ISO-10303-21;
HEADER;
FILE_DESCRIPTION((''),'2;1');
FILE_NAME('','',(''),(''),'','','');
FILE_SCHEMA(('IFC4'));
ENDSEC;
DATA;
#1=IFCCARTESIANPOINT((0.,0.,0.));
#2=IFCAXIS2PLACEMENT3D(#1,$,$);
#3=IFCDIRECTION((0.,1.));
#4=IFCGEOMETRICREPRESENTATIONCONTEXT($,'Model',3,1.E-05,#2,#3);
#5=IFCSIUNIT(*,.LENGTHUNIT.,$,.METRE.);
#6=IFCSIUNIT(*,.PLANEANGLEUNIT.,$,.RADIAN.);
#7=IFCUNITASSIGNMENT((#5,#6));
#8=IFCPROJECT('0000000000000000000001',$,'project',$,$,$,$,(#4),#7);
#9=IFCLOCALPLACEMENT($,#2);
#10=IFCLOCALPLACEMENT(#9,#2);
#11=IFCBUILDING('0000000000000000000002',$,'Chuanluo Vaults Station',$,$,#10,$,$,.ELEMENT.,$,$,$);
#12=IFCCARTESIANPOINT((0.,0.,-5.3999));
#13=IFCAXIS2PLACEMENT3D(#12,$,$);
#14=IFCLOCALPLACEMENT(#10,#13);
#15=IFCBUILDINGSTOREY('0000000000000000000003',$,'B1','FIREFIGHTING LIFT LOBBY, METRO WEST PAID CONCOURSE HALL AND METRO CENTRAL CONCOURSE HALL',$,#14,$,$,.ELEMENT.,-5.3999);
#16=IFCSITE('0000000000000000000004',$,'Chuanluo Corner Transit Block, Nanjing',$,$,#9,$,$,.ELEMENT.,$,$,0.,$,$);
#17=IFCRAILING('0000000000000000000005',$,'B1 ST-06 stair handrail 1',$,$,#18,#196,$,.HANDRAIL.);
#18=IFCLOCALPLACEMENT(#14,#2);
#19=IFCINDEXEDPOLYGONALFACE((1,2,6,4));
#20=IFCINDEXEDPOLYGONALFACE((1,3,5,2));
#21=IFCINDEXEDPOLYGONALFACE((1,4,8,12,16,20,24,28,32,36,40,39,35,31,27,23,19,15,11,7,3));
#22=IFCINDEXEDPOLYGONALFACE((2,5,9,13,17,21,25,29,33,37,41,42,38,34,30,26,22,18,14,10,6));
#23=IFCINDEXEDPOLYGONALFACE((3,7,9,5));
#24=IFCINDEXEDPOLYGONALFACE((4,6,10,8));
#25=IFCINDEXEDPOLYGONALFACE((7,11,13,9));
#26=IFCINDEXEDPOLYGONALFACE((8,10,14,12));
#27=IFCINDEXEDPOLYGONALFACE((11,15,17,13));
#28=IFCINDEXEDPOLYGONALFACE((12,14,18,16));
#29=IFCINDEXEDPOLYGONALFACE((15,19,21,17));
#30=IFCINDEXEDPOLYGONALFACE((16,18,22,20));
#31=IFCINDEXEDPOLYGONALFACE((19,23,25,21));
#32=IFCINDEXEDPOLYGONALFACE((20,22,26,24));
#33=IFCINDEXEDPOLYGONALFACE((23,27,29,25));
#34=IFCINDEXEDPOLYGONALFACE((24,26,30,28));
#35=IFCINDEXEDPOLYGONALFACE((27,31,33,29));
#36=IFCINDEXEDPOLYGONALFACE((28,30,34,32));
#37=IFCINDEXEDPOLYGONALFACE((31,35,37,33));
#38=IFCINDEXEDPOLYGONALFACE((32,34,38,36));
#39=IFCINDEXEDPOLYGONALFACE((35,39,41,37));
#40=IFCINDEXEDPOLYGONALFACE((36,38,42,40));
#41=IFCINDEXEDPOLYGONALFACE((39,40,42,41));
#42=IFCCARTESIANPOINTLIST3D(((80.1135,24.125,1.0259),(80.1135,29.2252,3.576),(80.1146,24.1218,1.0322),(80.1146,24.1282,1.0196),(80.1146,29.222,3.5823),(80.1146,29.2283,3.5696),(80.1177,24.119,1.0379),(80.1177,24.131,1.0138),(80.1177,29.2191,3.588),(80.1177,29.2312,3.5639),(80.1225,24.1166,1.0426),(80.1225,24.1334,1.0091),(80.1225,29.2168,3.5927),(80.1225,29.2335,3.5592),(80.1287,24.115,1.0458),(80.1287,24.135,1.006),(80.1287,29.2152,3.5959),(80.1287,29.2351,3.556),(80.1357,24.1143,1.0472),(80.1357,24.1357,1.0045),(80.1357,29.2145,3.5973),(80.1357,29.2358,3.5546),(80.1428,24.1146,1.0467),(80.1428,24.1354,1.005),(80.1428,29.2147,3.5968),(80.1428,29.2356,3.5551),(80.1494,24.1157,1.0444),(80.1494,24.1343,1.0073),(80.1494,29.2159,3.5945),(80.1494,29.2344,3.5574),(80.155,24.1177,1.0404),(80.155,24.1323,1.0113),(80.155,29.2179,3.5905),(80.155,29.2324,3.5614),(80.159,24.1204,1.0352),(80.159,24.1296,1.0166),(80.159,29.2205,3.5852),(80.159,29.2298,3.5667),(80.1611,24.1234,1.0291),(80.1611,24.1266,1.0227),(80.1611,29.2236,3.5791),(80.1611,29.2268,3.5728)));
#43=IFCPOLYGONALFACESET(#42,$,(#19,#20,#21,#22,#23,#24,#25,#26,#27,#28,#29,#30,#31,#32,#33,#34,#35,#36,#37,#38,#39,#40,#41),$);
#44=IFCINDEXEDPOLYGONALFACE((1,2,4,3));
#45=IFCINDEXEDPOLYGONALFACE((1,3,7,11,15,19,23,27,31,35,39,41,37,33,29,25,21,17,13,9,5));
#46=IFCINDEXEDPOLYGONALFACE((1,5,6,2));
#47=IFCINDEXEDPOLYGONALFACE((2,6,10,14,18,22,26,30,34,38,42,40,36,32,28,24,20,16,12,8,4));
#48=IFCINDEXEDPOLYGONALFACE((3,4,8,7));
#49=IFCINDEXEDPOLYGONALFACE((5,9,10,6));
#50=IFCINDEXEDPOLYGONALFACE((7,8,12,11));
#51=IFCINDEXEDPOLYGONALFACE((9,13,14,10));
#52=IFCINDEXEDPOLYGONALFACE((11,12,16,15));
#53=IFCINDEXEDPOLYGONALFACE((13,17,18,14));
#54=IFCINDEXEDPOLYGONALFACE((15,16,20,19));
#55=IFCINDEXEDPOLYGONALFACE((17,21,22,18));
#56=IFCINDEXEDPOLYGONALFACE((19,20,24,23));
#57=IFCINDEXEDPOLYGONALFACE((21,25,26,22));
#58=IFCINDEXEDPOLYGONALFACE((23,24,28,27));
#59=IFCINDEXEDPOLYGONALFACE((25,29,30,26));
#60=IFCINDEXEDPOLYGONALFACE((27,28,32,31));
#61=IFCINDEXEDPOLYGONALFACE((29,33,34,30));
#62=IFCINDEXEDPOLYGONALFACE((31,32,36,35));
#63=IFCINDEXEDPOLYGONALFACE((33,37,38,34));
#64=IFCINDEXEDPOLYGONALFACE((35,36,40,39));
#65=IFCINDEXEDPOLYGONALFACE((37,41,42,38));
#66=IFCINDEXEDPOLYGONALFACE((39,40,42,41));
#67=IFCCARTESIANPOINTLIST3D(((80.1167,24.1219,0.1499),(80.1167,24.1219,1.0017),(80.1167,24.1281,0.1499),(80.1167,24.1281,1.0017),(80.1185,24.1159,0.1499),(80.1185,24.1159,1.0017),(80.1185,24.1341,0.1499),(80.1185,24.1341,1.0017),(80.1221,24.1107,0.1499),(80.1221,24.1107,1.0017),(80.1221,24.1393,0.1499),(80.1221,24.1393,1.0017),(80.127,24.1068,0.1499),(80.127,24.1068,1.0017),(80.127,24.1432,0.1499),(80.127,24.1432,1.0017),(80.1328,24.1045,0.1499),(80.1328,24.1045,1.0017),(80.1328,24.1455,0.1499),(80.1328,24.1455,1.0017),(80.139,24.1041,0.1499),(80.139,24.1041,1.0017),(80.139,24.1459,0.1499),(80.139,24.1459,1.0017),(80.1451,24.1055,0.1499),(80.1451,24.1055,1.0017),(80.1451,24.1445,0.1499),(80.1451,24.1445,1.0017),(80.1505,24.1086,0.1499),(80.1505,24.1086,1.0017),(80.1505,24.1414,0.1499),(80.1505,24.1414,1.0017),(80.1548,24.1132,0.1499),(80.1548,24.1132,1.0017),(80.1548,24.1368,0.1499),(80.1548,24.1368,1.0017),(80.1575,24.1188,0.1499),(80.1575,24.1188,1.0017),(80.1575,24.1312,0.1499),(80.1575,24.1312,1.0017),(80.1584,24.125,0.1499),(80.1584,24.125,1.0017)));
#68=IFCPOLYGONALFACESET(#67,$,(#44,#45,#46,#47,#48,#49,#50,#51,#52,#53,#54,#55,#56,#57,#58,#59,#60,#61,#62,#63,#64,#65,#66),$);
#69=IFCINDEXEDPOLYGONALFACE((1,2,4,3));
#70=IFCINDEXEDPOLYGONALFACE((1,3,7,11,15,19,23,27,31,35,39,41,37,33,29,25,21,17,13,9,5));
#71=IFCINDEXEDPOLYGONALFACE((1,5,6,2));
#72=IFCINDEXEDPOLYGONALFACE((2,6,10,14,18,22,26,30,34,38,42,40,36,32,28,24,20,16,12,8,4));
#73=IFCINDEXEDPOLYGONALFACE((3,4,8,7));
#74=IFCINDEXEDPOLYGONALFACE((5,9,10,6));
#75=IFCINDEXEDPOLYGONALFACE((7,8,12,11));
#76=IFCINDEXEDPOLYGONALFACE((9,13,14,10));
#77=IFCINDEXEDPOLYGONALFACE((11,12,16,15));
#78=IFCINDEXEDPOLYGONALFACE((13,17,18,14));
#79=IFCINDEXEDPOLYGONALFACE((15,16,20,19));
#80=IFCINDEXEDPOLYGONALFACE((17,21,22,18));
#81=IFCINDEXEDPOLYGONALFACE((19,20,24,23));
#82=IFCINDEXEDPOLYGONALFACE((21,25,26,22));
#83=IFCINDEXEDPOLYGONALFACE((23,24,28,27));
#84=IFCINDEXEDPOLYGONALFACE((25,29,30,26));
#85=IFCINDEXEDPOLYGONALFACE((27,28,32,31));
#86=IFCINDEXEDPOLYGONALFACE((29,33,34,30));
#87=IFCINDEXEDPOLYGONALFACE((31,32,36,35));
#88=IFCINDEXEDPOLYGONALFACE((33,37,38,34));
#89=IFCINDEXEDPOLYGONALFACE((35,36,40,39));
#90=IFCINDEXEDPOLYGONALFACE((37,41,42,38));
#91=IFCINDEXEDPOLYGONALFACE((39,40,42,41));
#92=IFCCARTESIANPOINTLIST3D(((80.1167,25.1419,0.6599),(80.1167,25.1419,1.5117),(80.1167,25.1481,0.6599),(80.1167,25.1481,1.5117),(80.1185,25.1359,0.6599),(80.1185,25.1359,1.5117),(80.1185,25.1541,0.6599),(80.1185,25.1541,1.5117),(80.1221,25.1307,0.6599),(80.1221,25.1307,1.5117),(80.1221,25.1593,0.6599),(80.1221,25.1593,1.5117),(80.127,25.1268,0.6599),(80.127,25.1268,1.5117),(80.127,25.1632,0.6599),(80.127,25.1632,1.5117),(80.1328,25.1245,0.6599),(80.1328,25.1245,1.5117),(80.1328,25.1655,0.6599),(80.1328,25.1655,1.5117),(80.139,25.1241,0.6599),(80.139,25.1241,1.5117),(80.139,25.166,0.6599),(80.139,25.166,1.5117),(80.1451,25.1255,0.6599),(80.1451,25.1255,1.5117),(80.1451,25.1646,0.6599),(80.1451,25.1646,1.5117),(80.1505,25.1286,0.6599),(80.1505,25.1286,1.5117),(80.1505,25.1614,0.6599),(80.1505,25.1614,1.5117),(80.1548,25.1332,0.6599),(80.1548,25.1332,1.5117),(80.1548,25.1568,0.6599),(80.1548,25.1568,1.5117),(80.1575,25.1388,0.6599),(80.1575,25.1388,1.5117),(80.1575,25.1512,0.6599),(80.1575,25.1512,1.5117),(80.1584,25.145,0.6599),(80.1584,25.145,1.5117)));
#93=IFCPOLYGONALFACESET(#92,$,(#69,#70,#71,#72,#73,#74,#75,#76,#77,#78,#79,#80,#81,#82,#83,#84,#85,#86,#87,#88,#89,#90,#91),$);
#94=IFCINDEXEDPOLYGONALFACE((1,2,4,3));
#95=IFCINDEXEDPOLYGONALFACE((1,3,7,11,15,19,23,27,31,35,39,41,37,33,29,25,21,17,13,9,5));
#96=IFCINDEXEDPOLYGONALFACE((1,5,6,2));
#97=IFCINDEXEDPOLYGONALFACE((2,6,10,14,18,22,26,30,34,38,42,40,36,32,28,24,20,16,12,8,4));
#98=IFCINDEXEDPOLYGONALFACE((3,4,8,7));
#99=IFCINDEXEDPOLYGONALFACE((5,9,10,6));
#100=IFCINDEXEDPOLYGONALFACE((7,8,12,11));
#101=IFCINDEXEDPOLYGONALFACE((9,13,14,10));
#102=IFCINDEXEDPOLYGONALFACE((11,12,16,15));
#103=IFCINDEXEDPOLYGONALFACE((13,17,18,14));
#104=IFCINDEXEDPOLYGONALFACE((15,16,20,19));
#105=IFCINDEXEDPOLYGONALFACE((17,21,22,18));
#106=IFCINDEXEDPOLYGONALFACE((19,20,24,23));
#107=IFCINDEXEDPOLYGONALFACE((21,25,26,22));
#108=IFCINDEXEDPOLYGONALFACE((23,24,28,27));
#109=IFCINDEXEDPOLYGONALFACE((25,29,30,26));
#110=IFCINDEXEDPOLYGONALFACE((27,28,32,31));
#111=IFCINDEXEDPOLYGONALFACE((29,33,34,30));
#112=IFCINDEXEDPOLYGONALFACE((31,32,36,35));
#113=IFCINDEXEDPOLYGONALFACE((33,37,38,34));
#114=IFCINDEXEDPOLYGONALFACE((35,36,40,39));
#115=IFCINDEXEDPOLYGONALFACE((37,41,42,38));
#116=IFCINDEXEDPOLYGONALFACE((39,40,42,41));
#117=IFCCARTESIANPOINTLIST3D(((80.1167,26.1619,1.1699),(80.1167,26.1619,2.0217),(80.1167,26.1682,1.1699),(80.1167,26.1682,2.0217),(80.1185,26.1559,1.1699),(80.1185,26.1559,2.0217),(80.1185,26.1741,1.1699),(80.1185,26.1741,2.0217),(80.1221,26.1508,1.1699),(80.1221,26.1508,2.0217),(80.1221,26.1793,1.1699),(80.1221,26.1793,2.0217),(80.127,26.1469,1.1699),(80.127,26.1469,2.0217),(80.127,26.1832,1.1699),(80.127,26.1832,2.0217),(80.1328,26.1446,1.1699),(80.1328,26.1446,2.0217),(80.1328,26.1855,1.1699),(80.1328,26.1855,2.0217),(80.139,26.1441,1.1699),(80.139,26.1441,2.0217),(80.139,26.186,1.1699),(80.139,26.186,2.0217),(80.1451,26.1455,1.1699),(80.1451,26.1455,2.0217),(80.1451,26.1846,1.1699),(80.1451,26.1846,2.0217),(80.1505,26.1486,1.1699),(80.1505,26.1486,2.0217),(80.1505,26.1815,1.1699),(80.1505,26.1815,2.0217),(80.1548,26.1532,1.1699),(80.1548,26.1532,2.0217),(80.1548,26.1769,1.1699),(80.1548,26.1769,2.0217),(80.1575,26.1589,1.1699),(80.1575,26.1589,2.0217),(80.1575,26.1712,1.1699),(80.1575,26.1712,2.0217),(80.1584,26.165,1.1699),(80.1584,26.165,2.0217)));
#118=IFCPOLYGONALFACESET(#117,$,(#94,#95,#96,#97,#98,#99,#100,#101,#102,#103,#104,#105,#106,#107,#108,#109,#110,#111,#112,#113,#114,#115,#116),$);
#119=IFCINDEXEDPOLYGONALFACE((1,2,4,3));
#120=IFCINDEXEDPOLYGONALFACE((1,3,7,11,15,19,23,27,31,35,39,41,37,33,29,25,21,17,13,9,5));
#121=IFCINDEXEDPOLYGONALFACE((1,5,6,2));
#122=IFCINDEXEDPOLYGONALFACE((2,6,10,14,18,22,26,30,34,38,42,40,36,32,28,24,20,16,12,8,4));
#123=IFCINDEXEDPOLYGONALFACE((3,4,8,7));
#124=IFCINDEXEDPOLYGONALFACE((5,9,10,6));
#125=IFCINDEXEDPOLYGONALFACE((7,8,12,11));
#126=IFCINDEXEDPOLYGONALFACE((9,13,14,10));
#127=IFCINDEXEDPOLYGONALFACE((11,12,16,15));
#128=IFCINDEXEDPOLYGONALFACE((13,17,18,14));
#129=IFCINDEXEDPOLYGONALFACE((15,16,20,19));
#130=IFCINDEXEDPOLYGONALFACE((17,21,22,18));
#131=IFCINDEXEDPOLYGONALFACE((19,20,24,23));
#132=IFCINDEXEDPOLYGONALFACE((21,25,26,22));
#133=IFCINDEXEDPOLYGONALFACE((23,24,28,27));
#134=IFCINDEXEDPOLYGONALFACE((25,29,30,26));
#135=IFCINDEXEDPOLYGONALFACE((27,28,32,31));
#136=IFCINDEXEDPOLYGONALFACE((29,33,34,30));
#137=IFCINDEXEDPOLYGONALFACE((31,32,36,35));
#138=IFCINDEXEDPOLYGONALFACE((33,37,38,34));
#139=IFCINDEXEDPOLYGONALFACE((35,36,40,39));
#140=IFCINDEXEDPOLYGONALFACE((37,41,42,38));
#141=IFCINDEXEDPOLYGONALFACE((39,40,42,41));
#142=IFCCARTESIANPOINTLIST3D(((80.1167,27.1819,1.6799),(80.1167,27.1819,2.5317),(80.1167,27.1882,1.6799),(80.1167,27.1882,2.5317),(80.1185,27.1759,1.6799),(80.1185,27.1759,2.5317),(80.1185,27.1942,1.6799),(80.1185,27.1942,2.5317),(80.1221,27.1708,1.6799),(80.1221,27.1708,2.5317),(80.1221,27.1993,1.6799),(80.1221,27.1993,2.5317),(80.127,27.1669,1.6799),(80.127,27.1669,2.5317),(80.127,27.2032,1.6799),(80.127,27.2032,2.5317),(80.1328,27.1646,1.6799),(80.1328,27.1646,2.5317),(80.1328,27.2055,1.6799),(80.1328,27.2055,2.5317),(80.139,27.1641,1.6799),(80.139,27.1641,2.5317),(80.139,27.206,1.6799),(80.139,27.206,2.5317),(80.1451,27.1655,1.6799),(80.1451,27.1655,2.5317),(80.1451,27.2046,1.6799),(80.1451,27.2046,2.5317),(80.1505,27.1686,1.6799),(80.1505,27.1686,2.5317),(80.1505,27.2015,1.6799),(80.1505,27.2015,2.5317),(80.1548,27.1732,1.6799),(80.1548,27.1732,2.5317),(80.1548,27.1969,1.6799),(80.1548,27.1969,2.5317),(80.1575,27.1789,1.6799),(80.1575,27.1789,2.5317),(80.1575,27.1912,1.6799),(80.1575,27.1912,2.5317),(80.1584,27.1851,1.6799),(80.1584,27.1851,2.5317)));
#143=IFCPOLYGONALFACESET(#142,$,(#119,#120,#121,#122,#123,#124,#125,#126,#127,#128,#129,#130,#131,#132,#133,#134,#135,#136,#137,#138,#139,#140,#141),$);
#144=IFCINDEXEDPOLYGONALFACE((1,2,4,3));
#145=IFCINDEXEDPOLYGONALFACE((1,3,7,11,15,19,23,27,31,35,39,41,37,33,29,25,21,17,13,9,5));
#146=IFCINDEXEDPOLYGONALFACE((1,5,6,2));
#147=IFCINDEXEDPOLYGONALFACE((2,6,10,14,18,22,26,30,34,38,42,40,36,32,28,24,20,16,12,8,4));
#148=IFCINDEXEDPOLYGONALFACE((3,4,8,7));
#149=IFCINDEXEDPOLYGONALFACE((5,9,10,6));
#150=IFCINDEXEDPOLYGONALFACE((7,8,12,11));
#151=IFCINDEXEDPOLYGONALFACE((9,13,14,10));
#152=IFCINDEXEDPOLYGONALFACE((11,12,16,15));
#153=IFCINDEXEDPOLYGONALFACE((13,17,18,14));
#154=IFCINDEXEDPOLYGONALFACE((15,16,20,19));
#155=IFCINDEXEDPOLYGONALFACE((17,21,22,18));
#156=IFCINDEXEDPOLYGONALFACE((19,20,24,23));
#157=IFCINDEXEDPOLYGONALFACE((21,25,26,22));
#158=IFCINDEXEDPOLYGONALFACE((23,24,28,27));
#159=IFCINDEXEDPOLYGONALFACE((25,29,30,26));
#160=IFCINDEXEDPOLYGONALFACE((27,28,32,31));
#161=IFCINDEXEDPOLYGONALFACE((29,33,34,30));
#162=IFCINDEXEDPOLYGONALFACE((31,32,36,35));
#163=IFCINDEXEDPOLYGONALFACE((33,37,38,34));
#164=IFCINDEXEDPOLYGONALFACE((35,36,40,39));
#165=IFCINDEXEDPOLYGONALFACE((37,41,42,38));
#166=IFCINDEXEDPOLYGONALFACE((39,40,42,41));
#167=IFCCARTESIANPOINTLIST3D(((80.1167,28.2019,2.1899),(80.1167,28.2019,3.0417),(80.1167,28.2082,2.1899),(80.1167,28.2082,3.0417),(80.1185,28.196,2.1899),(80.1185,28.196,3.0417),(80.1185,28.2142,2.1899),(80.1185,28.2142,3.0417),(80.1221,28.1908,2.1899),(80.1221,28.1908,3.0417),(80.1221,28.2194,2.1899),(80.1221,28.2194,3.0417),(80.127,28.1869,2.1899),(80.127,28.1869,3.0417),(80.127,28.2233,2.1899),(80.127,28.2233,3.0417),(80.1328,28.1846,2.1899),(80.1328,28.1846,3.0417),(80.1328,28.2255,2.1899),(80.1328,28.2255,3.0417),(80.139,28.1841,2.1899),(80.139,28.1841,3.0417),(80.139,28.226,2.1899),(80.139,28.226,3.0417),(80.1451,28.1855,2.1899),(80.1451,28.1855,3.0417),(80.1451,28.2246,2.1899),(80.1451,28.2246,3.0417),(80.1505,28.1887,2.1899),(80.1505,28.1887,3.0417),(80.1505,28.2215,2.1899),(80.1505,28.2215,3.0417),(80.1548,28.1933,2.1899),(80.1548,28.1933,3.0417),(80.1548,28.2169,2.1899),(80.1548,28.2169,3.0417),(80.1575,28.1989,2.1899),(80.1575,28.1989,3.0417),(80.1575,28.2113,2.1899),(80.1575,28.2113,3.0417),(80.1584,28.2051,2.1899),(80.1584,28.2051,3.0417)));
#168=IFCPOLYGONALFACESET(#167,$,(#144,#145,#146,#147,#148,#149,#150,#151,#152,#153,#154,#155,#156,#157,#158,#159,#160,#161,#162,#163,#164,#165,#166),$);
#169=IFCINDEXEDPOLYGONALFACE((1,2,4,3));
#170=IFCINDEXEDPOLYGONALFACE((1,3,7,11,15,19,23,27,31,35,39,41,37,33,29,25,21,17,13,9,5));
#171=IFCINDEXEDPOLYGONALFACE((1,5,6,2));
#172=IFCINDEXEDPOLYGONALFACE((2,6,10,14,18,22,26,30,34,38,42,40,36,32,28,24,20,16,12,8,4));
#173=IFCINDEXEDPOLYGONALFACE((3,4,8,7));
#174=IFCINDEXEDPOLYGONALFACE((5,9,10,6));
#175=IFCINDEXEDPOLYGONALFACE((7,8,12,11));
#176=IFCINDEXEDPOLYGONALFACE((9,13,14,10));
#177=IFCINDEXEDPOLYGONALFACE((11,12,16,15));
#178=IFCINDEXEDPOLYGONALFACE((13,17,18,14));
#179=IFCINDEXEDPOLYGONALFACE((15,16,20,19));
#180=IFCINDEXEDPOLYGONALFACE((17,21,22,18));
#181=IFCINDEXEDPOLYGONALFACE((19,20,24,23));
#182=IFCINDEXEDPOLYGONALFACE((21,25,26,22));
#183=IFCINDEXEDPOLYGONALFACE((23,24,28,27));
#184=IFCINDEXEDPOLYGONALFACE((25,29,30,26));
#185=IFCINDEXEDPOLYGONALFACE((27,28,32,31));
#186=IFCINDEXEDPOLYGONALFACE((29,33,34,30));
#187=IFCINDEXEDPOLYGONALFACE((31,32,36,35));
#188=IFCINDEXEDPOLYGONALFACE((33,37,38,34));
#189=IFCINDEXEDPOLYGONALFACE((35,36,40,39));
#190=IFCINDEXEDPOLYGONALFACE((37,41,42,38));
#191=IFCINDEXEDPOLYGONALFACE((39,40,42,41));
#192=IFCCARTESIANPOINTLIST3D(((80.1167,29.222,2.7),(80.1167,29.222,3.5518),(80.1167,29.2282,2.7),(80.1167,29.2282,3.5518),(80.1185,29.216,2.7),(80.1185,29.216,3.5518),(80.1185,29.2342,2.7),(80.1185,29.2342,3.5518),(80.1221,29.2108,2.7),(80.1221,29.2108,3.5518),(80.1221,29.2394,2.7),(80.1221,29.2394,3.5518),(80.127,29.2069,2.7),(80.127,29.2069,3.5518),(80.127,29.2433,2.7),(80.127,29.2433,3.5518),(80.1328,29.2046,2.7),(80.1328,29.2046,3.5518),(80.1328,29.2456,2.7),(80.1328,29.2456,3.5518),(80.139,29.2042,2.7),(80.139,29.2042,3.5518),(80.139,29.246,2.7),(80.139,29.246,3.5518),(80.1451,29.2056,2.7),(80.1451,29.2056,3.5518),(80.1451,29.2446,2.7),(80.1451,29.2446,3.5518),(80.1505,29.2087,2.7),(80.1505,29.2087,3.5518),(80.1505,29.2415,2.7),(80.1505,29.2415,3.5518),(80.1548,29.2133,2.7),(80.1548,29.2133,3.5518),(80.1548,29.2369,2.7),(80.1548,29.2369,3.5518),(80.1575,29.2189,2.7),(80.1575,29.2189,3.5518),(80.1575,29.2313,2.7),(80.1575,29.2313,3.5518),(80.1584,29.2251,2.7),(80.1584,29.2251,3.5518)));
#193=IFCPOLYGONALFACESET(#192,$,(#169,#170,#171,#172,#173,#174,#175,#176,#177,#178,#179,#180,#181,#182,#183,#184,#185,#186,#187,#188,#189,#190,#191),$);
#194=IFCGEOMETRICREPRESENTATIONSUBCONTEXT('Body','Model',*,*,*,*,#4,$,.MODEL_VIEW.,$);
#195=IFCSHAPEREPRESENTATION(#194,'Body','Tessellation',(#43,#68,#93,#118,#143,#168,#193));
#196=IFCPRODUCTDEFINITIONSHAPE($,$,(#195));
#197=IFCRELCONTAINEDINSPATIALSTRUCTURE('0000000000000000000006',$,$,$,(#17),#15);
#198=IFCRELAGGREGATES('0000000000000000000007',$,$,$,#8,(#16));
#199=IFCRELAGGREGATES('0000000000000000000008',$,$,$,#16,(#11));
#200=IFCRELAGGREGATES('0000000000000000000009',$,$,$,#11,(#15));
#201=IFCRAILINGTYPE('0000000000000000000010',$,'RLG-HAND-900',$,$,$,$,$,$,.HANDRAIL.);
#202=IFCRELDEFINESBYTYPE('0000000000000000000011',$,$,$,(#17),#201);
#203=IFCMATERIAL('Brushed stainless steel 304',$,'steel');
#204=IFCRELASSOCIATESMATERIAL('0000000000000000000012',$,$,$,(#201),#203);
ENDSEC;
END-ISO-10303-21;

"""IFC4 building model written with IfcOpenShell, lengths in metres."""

from ifc_helpers import new_model, si_unit, direction, frame, origin, origin_2d, place, context, subcontext, project, spatial, circle, extrude, material, type_object, element, save


model = new_model("IFC4")

# Units and contexts
model_context = context("Model", 3, precision=1e-05, world=origin(), true_north=direction((0.0, 1.0)))
body_context = subcontext(model_context, "Body", "Model", "MODEL_VIEW")
ifc_project = project(units=[si_unit("LENGTHUNIT", "METRE"), si_unit("PLANEANGLEUNIT", "RADIAN")], contexts=[model_context])

# Site, building, storey
site_placement = place(None, origin())
site = spatial("IfcSite", under=ifc_project, at=site_placement, Name="Chuanluo Corner Transit Block, Nanjing", CompositionType="ELEMENT", RefElevation=0.0)
building_placement = place(site_placement, origin())
building = spatial("IfcBuilding", under=site, at=building_placement, Name="Chuanluo Vaults Station", CompositionType="ELEMENT")
storey_placement = place(building_placement, frame((0.0, 0.0, -5.3999)))
storey = spatial("IfcBuildingStorey", under=building, at=storey_placement, Name="B1", Description="FIREFIGHTING LIFT LOBBY, METRO WEST PAID CONCOURSE HALL AND METRO CENTRAL CONCOURSE HALL", CompositionType="ELEMENT", Elevation=-5.3999)

# Railing
ifc_material_1 = material(Name="Brushed stainless steel 304", Category="steel")
railing_type_1 = type_object("IfcRailingType", Name="RLG-HAND-900", PredefinedType="HANDRAIL", material=ifc_material_1)
railing_1_placement = place(storey_placement, frame((80.1375, 24.125, 0.1499)))
element("IfcRailing", 1, at=railing_1_placement, inside=storey, type_object=railing_type_1, Name="B1 ST-06 stair handrail 1", PredefinedType="HANDRAIL", context=body_context, shape_type="SweptSolid", body=[
    extrude(circle(Radius=0.0239, at=origin_2d()), frame((0.0, 0.0, 0.876), z_axis=(0.0, 0.894427, 0.447214), x_axis=(-1.0, 0.0, 0.0)), (0.0, 0.0, 1.0), 5.7021),
    extrude(circle(Radius=0.021, at=origin_2d()), origin(), (0.0, 0.0, 1.0), 0.8518),
    extrude(circle(Radius=0.021, at=origin_2d()), frame((0.0, 1.02, 0.51)), (0.0, 0.0, 1.0), 0.8518),
    extrude(circle(Radius=0.021, at=origin_2d()), frame((0.0, 2.04, 1.02)), (0.0, 0.0, 1.0), 0.8518),
    extrude(circle(Radius=0.021, at=origin_2d()), frame((0.0, 3.0601, 1.53)), (0.0, 0.0, 1.0), 0.8518),
    extrude(circle(Radius=0.021, at=origin_2d()), frame((0.0, 4.0801, 2.04)), (0.0, 0.0, 1.0), 0.8518),
    extrude(circle(Radius=0.021, at=origin_2d()), frame((0.0, 5.1001, 2.55)), (0.0, 0.0, 1.0), 0.8518),
])

save(model, "model.ifc")
